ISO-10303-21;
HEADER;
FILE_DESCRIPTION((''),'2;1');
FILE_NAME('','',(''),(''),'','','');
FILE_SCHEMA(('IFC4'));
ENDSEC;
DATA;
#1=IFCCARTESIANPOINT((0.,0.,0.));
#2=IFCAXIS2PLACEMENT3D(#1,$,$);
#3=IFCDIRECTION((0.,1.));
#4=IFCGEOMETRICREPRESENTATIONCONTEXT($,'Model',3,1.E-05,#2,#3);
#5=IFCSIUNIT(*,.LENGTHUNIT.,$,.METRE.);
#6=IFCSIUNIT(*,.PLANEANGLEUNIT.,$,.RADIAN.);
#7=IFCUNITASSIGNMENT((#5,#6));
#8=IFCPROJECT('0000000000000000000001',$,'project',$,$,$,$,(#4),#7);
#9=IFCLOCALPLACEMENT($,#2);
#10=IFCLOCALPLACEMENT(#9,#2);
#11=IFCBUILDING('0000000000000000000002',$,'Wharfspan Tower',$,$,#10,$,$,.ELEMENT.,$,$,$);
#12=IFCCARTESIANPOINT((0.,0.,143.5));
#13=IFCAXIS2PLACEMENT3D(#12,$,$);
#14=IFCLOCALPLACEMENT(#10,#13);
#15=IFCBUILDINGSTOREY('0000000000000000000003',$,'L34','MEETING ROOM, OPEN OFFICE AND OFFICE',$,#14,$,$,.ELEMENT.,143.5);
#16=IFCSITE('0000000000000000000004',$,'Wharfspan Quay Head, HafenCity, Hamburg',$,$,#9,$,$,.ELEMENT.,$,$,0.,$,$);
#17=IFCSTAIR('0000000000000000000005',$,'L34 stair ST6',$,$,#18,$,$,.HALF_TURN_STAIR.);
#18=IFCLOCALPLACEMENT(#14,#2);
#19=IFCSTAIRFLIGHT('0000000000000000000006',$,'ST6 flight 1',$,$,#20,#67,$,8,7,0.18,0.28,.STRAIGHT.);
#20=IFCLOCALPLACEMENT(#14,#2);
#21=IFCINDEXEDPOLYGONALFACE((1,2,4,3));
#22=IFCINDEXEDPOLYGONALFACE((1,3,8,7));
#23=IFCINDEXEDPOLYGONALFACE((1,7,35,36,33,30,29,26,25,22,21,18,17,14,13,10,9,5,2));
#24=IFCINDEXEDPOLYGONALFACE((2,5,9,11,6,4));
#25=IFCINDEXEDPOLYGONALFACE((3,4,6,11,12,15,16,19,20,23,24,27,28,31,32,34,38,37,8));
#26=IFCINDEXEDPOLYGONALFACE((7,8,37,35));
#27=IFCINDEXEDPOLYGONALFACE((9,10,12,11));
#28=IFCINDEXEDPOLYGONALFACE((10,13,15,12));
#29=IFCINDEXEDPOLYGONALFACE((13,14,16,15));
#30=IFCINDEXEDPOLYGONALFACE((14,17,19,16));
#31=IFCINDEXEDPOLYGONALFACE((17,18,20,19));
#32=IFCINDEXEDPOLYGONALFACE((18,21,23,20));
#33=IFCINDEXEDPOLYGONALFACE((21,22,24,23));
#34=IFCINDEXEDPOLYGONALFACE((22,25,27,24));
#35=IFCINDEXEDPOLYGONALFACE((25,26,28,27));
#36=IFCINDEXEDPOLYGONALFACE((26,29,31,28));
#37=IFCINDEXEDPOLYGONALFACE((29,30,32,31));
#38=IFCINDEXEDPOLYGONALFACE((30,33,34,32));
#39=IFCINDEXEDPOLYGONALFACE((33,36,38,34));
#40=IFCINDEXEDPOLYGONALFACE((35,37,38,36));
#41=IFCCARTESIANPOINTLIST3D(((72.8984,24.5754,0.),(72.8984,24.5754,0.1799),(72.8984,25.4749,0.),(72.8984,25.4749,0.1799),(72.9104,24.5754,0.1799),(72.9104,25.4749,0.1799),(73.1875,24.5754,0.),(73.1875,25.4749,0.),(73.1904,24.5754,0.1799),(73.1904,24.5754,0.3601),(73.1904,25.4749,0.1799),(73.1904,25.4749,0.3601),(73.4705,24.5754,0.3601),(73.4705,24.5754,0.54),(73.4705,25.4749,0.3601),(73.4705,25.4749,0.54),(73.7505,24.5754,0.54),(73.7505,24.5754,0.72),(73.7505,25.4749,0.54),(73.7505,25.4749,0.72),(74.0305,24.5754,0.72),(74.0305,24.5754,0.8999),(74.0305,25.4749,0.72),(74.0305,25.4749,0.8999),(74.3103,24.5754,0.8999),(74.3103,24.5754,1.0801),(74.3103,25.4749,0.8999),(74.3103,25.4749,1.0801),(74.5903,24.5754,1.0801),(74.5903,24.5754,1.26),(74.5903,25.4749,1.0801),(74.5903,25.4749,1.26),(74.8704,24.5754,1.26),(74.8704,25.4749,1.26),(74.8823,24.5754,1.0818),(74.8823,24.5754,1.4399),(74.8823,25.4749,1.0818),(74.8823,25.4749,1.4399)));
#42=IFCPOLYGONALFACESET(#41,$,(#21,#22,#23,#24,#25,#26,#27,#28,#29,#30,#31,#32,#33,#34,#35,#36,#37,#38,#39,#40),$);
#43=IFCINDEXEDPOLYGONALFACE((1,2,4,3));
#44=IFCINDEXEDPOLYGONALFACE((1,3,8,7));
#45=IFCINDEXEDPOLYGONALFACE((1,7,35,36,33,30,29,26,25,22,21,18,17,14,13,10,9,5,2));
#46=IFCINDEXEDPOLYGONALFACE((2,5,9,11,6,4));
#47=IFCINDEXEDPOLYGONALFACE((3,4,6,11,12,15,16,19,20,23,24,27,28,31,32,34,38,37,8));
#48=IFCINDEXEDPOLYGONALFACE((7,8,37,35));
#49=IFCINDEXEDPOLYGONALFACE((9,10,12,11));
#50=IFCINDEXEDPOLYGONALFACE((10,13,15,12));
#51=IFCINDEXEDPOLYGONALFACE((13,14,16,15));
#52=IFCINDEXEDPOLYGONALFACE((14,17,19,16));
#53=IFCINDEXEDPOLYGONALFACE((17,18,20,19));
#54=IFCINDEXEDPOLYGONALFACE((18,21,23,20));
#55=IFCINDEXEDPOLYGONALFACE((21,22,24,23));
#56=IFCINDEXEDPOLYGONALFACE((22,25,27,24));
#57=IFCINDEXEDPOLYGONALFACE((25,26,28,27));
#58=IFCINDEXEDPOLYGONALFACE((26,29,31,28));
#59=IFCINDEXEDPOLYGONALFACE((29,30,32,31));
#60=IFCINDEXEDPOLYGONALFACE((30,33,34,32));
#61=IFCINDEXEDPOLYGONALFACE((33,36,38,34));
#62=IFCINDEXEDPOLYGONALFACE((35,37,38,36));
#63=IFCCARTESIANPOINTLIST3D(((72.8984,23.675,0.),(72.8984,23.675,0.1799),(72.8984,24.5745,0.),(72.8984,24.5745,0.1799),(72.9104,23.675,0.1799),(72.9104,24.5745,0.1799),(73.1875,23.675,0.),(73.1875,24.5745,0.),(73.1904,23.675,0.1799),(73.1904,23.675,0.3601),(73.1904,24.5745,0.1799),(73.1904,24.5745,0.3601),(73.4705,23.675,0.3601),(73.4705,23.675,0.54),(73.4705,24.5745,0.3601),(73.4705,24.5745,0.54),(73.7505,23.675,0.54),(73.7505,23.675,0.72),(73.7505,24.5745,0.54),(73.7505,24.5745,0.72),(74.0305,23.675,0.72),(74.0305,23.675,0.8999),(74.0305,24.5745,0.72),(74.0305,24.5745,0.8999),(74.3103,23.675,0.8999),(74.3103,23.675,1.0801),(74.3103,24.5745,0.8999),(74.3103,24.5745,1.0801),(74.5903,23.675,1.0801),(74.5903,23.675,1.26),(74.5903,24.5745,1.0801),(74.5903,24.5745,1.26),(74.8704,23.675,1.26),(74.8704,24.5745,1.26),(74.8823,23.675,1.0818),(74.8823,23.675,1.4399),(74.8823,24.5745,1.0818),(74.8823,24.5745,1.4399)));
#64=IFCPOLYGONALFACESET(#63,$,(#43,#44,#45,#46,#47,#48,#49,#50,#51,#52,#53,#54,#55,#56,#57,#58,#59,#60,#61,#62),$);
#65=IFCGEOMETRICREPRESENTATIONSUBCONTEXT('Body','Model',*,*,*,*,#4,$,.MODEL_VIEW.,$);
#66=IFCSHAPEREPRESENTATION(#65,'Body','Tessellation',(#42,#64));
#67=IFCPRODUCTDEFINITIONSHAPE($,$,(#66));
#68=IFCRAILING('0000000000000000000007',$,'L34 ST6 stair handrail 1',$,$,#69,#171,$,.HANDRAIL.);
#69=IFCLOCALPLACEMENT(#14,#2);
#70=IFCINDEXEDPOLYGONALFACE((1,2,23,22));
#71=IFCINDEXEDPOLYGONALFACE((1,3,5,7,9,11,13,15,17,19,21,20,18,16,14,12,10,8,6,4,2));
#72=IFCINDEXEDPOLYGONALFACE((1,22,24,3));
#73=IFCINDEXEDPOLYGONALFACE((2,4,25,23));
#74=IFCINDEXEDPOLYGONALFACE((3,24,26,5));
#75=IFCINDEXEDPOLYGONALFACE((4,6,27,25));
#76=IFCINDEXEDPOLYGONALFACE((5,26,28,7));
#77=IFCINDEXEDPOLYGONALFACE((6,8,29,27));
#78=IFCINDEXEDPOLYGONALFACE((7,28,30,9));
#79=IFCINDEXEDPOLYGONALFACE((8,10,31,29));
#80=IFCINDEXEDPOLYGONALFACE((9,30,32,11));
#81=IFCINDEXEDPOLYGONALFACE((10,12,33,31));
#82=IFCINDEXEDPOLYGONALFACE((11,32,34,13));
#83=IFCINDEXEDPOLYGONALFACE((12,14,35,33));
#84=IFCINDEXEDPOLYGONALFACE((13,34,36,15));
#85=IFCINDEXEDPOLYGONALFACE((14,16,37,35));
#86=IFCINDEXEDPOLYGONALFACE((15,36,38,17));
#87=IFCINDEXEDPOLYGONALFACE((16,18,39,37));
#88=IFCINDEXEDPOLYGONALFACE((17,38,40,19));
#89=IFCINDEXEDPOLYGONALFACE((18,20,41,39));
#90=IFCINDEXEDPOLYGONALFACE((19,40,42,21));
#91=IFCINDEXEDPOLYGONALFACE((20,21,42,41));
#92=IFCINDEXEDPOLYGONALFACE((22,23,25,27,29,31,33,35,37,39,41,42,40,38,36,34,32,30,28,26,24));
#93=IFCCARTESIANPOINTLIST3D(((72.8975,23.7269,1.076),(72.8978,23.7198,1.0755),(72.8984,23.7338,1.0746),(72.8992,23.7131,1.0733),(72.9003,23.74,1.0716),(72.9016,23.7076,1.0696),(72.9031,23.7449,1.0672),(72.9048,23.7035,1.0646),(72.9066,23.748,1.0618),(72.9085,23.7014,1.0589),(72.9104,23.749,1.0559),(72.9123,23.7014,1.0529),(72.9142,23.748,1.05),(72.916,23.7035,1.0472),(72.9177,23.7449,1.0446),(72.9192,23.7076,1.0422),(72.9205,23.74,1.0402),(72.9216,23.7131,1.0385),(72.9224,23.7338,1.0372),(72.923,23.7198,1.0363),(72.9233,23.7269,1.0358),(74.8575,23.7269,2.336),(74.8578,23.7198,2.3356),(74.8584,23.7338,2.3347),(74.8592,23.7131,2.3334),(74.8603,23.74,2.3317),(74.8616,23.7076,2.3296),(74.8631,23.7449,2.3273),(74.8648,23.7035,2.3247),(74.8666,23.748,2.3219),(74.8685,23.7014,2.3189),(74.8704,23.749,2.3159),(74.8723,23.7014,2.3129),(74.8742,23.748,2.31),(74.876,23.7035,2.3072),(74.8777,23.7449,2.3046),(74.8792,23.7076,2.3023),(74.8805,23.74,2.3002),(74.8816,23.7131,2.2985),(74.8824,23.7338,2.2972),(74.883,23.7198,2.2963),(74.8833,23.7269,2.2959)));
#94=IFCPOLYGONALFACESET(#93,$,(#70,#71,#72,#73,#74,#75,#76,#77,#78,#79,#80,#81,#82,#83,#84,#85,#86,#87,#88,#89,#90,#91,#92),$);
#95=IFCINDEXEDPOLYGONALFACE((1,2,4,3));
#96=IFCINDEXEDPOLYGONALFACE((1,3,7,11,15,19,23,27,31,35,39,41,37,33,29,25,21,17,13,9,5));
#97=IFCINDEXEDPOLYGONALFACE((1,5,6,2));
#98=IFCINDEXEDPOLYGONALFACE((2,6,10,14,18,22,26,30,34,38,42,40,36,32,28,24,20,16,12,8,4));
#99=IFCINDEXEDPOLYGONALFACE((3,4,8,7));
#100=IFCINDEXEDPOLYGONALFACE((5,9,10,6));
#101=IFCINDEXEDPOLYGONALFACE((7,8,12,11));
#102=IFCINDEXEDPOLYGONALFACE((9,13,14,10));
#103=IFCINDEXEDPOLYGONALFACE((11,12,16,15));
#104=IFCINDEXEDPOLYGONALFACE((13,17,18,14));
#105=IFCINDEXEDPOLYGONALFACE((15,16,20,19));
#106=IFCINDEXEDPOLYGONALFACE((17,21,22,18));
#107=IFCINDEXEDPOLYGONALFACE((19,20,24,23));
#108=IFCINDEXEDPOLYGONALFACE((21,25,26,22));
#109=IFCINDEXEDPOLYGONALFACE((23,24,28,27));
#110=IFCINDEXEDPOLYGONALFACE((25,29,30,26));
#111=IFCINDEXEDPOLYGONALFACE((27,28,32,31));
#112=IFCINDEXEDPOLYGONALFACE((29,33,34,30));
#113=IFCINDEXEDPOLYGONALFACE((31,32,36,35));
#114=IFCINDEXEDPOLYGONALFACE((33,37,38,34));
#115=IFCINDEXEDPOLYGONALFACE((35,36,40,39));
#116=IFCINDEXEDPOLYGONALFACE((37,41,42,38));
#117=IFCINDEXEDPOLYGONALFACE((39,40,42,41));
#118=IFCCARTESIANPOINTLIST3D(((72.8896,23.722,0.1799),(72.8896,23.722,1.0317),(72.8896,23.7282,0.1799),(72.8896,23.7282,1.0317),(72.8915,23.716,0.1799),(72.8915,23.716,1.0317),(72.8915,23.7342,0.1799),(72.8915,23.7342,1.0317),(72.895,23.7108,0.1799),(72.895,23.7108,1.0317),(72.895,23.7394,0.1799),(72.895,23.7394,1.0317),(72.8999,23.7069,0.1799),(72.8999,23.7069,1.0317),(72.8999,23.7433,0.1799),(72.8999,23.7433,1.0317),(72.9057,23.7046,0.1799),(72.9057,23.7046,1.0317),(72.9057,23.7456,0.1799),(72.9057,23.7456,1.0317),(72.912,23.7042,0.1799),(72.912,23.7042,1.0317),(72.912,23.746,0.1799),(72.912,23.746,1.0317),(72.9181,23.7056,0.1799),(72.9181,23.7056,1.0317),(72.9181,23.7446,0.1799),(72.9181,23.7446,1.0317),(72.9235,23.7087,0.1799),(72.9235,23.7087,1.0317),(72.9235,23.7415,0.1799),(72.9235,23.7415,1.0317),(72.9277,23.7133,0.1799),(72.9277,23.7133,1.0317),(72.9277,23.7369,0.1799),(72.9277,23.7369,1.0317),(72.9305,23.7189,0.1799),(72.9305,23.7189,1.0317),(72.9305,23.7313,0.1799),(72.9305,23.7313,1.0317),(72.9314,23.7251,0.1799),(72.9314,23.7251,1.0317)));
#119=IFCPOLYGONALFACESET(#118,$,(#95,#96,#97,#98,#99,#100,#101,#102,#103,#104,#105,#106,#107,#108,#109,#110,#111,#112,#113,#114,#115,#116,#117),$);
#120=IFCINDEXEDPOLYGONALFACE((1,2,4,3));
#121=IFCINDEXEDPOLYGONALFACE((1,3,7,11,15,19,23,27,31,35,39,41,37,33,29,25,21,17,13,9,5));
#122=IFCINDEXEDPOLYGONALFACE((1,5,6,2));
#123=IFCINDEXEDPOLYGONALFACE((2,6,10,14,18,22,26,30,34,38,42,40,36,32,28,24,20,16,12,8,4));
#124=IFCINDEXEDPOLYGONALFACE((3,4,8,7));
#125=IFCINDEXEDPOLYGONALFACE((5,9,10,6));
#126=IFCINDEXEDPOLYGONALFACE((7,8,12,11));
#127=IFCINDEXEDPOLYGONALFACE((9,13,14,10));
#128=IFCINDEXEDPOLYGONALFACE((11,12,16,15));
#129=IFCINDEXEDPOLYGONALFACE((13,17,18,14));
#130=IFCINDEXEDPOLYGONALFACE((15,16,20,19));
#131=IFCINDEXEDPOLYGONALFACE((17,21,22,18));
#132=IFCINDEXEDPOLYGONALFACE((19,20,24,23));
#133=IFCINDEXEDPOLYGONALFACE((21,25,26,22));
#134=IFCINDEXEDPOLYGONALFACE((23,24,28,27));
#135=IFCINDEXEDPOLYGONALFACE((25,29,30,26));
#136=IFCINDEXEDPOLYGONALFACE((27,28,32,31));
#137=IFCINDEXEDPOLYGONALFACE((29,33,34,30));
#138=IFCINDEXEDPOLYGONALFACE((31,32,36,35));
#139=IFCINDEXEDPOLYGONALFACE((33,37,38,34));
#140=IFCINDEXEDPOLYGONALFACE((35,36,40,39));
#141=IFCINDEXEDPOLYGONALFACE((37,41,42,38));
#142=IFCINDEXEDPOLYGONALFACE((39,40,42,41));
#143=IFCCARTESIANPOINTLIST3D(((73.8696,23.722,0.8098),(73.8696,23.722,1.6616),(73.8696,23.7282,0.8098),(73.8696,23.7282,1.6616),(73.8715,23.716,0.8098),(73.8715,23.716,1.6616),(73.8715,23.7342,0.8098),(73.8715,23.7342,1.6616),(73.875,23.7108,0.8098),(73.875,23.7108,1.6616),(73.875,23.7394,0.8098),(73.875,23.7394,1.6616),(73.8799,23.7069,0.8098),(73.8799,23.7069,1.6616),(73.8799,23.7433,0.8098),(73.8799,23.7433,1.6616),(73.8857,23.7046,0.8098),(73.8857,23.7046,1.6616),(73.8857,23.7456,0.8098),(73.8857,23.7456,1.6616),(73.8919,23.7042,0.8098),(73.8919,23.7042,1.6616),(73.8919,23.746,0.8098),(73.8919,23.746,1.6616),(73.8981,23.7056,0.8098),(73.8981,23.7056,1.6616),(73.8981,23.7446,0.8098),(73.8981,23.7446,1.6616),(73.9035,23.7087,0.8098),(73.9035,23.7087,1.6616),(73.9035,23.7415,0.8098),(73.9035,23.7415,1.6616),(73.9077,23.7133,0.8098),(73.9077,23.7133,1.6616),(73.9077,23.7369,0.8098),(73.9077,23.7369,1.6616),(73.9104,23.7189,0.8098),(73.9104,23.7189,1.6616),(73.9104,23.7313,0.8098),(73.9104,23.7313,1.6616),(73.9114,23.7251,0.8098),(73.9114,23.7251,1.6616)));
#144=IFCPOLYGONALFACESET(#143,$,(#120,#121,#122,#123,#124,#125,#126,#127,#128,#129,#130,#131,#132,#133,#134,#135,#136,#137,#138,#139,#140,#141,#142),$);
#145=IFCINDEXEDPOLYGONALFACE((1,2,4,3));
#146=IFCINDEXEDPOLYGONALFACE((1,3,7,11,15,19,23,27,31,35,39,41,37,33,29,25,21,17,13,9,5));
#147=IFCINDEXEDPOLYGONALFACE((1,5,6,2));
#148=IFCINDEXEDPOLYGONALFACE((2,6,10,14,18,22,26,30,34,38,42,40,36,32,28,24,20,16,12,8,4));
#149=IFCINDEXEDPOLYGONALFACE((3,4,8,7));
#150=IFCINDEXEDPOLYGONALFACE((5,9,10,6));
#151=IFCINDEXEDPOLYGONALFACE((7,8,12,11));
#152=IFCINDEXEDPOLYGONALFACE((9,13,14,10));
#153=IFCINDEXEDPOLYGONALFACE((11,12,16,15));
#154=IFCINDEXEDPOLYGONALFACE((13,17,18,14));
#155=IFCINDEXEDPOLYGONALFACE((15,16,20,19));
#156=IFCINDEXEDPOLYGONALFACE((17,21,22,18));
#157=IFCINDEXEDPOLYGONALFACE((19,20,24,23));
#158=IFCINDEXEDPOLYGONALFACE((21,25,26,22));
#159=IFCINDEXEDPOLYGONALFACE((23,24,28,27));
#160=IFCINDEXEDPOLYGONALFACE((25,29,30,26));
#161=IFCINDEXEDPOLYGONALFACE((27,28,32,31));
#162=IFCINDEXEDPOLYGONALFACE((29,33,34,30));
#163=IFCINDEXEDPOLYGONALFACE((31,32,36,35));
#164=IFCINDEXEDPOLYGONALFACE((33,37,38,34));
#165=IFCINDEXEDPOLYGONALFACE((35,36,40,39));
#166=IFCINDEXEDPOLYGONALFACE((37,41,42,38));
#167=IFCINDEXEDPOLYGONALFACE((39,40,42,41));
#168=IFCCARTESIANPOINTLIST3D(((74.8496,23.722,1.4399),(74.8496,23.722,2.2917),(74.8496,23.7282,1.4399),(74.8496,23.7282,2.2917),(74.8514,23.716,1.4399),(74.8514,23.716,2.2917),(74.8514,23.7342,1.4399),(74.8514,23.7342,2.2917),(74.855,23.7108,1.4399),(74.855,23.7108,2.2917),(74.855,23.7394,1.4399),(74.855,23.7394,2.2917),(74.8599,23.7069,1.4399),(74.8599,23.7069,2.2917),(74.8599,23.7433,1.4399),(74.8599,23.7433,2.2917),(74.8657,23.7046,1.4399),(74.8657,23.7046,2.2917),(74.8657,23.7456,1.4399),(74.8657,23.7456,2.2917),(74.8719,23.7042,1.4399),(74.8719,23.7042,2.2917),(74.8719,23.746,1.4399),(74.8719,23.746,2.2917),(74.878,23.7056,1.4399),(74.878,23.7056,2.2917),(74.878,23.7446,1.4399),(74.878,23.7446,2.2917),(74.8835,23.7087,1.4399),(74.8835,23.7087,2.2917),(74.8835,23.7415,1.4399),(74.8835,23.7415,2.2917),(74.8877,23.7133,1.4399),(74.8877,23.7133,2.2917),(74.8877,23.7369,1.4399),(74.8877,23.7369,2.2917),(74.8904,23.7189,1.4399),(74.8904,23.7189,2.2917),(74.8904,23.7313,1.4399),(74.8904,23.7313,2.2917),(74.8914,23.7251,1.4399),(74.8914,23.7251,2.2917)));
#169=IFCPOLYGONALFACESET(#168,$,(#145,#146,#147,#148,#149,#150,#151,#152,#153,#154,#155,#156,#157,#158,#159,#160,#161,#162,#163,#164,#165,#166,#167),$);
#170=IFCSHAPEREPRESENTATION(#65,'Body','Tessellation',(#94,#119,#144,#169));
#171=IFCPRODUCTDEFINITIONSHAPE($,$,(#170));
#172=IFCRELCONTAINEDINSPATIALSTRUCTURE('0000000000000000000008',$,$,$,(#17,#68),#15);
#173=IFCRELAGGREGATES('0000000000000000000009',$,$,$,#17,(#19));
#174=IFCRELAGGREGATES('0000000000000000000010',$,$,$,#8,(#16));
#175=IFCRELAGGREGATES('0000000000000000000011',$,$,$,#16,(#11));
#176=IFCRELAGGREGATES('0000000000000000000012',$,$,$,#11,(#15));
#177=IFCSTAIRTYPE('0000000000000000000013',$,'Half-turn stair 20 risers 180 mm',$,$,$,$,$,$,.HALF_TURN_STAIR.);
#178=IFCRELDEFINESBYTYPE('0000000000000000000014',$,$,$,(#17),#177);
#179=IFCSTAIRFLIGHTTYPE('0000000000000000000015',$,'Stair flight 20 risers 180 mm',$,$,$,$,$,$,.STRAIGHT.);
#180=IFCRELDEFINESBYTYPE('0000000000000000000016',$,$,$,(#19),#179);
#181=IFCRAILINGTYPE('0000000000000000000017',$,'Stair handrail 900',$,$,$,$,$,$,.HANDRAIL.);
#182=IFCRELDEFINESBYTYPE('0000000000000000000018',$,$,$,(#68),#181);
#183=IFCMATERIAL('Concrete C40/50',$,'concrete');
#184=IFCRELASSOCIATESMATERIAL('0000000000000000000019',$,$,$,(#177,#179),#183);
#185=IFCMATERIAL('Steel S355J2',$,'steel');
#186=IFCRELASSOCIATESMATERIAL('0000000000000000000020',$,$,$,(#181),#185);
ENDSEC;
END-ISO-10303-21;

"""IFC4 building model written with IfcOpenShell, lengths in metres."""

from ifc_helpers import new_model, si_unit, direction, frame, origin, origin_2d, place, context, subcontext, project, spatial, polyline, circle, outline, extrude, material, type_object, element, aggregate, save


model = new_model("IFC4")

# Units and contexts
model_context = context("Model", 3, precision=1e-05, world=origin(), true_north=direction((0.0, 1.0)))
body_context = subcontext(model_context, "Body", "Model", "MODEL_VIEW")
ifc_project = project(units=[si_unit("LENGTHUNIT", "METRE"), si_unit("PLANEANGLEUNIT", "RADIAN")], contexts=[model_context])

# Site, building, storey
site_placement = place(None, origin())
site = spatial("IfcSite", under=ifc_project, at=site_placement, Name="Wharfspan Quay Head, HafenCity, Hamburg", CompositionType="ELEMENT", RefElevation=0.0)
building_placement = place(site_placement, origin())
building = spatial("IfcBuilding", under=site, at=building_placement, Name="Wharfspan Tower", CompositionType="ELEMENT")
storey_placement = place(building_placement, frame((0.0, 0.0, 143.5)))
storey = spatial("IfcBuildingStorey", under=building, at=storey_placement, Name="L34", Description="MEETING ROOM, OPEN OFFICE AND OFFICE", CompositionType="ELEMENT", Elevation=143.5)

# Shared definitions
ifc_material_1 = material(Name="Steel S355J2", Category="steel")

# Shared definitions
ifc_material_2 = material(Name="Concrete C40/50", Category="concrete")

# Stair, stair flight
stair_type = type_object("IfcStairType", Name="Half-turn stair 20 risers 180 mm", PredefinedType="HALF_TURN_STAIR", material=ifc_material_2)
stair_placement = place(storey_placement, origin())
stair = element("IfcStair", 1, at=stair_placement, inside=storey, type_object=stair_type, Name="L34 stair ST6", PredefinedType="HALF_TURN_STAIR")
stair_flight_type = type_object("IfcStairFlightType", Name="Stair flight 20 risers 180 mm", PredefinedType="STRAIGHT", material=ifc_material_2)
stair_flight_placement = place(storey_placement, frame((72.9104, 24.575, 0.0), z_axis=(0.0, 0.0, 1.0), x_axis=(1.0, 0.0, 0.0)))
stair_flight = element("IfcStairFlight", 2, at=stair_flight_placement, type_object=stair_flight_type, Name="ST6 flight 1", NumberOfRisers=8, NumberOfTreads=7, PredefinedType="STRAIGHT", RiserHeight=0.18, TreadLength=0.28, context=body_context, shape_type="SweptSolid", body=[
    extrude(outline(polyline([(-0.012, 0.0), (-0.012, 0.1799), (0.0, 0.1799), (0.28, 0.1799), (0.28, 0.3601), (0.5601, 0.3601), (0.5601, 0.54), (0.8401, 0.54), (0.8401, 0.72), (1.1201, 0.72), (1.1201, 0.8999), (1.3999, 0.8999), (1.3999, 1.0801), (1.6799, 1.0801), (1.6799, 1.26), (1.96, 1.26), (1.9719, 1.4399), (1.9719, 1.0818), (0.2771, 0.0), (-0.012, 0.0)])), frame((0.0, 0.8999, 0.0), z_axis=(0.0, -1.0, 0.0), x_axis=(1.0, 0.0, 0.0)), (0.0, 0.0, 1.0), 0.8994),
    extrude(outline(polyline([(-0.012, 0.0), (-0.012, 0.1799), (0.0, 0.1799), (0.28, 0.1799), (0.28, 0.3601), (0.5601, 0.3601), (0.5601, 0.54), (0.8401, 0.54), (0.8401, 0.72), (1.1201, 0.72), (1.1201, 0.8999), (1.3999, 0.8999), (1.3999, 1.0801), (1.6799, 1.0801), (1.6799, 1.26), (1.96, 1.26), (1.9719, 1.4399), (1.9719, 1.0818), (0.2771, 0.0), (-0.012, 0.0)])), frame((0.0, -0.0005, 0.0), z_axis=(0.0, -1.0, 0.0), x_axis=(1.0, 0.0, 0.0)), (0.0, 0.0, 1.0), 0.8994),
])
aggregate(stair, [stair_flight])

# Railing
railing_type_1 = type_object("IfcRailingType", Name="Stair handrail 900", PredefinedType="HANDRAIL", material=ifc_material_1)
railing_1_placement = place(storey_placement, frame((72.9104, 23.7251, 0.1799)))
element("IfcRailing", 3, at=railing_1_placement, inside=storey, type_object=railing_type_1, Name="L34 ST6 stair handrail 1", PredefinedType="HANDRAIL", context=body_context, shape_type="SweptSolid", body=[
    extrude(circle(Radius=0.0239, at=origin_2d()), frame((0.0, 0.0, 0.876), z_axis=(0.841172, 0.0, 0.540768), x_axis=(0.0, 1.0, 0.0)), (0.0, 0.0, 1.0), 2.3301),
    extrude(circle(Radius=0.021, at=origin_2d()), origin(), (0.0, 0.0, 1.0), 0.8518),
    extrude(circle(Radius=0.021, at=origin_2d()), frame((0.98, 0.0, 0.6299)), (0.0, 0.0, 1.0), 0.8518),
    extrude(circle(Radius=0.021, at=origin_2d()), frame((1.96, 0.0, 1.26)), (0.0, 0.0, 1.0), 0.8518),
])

save(model, "model.ifc")
